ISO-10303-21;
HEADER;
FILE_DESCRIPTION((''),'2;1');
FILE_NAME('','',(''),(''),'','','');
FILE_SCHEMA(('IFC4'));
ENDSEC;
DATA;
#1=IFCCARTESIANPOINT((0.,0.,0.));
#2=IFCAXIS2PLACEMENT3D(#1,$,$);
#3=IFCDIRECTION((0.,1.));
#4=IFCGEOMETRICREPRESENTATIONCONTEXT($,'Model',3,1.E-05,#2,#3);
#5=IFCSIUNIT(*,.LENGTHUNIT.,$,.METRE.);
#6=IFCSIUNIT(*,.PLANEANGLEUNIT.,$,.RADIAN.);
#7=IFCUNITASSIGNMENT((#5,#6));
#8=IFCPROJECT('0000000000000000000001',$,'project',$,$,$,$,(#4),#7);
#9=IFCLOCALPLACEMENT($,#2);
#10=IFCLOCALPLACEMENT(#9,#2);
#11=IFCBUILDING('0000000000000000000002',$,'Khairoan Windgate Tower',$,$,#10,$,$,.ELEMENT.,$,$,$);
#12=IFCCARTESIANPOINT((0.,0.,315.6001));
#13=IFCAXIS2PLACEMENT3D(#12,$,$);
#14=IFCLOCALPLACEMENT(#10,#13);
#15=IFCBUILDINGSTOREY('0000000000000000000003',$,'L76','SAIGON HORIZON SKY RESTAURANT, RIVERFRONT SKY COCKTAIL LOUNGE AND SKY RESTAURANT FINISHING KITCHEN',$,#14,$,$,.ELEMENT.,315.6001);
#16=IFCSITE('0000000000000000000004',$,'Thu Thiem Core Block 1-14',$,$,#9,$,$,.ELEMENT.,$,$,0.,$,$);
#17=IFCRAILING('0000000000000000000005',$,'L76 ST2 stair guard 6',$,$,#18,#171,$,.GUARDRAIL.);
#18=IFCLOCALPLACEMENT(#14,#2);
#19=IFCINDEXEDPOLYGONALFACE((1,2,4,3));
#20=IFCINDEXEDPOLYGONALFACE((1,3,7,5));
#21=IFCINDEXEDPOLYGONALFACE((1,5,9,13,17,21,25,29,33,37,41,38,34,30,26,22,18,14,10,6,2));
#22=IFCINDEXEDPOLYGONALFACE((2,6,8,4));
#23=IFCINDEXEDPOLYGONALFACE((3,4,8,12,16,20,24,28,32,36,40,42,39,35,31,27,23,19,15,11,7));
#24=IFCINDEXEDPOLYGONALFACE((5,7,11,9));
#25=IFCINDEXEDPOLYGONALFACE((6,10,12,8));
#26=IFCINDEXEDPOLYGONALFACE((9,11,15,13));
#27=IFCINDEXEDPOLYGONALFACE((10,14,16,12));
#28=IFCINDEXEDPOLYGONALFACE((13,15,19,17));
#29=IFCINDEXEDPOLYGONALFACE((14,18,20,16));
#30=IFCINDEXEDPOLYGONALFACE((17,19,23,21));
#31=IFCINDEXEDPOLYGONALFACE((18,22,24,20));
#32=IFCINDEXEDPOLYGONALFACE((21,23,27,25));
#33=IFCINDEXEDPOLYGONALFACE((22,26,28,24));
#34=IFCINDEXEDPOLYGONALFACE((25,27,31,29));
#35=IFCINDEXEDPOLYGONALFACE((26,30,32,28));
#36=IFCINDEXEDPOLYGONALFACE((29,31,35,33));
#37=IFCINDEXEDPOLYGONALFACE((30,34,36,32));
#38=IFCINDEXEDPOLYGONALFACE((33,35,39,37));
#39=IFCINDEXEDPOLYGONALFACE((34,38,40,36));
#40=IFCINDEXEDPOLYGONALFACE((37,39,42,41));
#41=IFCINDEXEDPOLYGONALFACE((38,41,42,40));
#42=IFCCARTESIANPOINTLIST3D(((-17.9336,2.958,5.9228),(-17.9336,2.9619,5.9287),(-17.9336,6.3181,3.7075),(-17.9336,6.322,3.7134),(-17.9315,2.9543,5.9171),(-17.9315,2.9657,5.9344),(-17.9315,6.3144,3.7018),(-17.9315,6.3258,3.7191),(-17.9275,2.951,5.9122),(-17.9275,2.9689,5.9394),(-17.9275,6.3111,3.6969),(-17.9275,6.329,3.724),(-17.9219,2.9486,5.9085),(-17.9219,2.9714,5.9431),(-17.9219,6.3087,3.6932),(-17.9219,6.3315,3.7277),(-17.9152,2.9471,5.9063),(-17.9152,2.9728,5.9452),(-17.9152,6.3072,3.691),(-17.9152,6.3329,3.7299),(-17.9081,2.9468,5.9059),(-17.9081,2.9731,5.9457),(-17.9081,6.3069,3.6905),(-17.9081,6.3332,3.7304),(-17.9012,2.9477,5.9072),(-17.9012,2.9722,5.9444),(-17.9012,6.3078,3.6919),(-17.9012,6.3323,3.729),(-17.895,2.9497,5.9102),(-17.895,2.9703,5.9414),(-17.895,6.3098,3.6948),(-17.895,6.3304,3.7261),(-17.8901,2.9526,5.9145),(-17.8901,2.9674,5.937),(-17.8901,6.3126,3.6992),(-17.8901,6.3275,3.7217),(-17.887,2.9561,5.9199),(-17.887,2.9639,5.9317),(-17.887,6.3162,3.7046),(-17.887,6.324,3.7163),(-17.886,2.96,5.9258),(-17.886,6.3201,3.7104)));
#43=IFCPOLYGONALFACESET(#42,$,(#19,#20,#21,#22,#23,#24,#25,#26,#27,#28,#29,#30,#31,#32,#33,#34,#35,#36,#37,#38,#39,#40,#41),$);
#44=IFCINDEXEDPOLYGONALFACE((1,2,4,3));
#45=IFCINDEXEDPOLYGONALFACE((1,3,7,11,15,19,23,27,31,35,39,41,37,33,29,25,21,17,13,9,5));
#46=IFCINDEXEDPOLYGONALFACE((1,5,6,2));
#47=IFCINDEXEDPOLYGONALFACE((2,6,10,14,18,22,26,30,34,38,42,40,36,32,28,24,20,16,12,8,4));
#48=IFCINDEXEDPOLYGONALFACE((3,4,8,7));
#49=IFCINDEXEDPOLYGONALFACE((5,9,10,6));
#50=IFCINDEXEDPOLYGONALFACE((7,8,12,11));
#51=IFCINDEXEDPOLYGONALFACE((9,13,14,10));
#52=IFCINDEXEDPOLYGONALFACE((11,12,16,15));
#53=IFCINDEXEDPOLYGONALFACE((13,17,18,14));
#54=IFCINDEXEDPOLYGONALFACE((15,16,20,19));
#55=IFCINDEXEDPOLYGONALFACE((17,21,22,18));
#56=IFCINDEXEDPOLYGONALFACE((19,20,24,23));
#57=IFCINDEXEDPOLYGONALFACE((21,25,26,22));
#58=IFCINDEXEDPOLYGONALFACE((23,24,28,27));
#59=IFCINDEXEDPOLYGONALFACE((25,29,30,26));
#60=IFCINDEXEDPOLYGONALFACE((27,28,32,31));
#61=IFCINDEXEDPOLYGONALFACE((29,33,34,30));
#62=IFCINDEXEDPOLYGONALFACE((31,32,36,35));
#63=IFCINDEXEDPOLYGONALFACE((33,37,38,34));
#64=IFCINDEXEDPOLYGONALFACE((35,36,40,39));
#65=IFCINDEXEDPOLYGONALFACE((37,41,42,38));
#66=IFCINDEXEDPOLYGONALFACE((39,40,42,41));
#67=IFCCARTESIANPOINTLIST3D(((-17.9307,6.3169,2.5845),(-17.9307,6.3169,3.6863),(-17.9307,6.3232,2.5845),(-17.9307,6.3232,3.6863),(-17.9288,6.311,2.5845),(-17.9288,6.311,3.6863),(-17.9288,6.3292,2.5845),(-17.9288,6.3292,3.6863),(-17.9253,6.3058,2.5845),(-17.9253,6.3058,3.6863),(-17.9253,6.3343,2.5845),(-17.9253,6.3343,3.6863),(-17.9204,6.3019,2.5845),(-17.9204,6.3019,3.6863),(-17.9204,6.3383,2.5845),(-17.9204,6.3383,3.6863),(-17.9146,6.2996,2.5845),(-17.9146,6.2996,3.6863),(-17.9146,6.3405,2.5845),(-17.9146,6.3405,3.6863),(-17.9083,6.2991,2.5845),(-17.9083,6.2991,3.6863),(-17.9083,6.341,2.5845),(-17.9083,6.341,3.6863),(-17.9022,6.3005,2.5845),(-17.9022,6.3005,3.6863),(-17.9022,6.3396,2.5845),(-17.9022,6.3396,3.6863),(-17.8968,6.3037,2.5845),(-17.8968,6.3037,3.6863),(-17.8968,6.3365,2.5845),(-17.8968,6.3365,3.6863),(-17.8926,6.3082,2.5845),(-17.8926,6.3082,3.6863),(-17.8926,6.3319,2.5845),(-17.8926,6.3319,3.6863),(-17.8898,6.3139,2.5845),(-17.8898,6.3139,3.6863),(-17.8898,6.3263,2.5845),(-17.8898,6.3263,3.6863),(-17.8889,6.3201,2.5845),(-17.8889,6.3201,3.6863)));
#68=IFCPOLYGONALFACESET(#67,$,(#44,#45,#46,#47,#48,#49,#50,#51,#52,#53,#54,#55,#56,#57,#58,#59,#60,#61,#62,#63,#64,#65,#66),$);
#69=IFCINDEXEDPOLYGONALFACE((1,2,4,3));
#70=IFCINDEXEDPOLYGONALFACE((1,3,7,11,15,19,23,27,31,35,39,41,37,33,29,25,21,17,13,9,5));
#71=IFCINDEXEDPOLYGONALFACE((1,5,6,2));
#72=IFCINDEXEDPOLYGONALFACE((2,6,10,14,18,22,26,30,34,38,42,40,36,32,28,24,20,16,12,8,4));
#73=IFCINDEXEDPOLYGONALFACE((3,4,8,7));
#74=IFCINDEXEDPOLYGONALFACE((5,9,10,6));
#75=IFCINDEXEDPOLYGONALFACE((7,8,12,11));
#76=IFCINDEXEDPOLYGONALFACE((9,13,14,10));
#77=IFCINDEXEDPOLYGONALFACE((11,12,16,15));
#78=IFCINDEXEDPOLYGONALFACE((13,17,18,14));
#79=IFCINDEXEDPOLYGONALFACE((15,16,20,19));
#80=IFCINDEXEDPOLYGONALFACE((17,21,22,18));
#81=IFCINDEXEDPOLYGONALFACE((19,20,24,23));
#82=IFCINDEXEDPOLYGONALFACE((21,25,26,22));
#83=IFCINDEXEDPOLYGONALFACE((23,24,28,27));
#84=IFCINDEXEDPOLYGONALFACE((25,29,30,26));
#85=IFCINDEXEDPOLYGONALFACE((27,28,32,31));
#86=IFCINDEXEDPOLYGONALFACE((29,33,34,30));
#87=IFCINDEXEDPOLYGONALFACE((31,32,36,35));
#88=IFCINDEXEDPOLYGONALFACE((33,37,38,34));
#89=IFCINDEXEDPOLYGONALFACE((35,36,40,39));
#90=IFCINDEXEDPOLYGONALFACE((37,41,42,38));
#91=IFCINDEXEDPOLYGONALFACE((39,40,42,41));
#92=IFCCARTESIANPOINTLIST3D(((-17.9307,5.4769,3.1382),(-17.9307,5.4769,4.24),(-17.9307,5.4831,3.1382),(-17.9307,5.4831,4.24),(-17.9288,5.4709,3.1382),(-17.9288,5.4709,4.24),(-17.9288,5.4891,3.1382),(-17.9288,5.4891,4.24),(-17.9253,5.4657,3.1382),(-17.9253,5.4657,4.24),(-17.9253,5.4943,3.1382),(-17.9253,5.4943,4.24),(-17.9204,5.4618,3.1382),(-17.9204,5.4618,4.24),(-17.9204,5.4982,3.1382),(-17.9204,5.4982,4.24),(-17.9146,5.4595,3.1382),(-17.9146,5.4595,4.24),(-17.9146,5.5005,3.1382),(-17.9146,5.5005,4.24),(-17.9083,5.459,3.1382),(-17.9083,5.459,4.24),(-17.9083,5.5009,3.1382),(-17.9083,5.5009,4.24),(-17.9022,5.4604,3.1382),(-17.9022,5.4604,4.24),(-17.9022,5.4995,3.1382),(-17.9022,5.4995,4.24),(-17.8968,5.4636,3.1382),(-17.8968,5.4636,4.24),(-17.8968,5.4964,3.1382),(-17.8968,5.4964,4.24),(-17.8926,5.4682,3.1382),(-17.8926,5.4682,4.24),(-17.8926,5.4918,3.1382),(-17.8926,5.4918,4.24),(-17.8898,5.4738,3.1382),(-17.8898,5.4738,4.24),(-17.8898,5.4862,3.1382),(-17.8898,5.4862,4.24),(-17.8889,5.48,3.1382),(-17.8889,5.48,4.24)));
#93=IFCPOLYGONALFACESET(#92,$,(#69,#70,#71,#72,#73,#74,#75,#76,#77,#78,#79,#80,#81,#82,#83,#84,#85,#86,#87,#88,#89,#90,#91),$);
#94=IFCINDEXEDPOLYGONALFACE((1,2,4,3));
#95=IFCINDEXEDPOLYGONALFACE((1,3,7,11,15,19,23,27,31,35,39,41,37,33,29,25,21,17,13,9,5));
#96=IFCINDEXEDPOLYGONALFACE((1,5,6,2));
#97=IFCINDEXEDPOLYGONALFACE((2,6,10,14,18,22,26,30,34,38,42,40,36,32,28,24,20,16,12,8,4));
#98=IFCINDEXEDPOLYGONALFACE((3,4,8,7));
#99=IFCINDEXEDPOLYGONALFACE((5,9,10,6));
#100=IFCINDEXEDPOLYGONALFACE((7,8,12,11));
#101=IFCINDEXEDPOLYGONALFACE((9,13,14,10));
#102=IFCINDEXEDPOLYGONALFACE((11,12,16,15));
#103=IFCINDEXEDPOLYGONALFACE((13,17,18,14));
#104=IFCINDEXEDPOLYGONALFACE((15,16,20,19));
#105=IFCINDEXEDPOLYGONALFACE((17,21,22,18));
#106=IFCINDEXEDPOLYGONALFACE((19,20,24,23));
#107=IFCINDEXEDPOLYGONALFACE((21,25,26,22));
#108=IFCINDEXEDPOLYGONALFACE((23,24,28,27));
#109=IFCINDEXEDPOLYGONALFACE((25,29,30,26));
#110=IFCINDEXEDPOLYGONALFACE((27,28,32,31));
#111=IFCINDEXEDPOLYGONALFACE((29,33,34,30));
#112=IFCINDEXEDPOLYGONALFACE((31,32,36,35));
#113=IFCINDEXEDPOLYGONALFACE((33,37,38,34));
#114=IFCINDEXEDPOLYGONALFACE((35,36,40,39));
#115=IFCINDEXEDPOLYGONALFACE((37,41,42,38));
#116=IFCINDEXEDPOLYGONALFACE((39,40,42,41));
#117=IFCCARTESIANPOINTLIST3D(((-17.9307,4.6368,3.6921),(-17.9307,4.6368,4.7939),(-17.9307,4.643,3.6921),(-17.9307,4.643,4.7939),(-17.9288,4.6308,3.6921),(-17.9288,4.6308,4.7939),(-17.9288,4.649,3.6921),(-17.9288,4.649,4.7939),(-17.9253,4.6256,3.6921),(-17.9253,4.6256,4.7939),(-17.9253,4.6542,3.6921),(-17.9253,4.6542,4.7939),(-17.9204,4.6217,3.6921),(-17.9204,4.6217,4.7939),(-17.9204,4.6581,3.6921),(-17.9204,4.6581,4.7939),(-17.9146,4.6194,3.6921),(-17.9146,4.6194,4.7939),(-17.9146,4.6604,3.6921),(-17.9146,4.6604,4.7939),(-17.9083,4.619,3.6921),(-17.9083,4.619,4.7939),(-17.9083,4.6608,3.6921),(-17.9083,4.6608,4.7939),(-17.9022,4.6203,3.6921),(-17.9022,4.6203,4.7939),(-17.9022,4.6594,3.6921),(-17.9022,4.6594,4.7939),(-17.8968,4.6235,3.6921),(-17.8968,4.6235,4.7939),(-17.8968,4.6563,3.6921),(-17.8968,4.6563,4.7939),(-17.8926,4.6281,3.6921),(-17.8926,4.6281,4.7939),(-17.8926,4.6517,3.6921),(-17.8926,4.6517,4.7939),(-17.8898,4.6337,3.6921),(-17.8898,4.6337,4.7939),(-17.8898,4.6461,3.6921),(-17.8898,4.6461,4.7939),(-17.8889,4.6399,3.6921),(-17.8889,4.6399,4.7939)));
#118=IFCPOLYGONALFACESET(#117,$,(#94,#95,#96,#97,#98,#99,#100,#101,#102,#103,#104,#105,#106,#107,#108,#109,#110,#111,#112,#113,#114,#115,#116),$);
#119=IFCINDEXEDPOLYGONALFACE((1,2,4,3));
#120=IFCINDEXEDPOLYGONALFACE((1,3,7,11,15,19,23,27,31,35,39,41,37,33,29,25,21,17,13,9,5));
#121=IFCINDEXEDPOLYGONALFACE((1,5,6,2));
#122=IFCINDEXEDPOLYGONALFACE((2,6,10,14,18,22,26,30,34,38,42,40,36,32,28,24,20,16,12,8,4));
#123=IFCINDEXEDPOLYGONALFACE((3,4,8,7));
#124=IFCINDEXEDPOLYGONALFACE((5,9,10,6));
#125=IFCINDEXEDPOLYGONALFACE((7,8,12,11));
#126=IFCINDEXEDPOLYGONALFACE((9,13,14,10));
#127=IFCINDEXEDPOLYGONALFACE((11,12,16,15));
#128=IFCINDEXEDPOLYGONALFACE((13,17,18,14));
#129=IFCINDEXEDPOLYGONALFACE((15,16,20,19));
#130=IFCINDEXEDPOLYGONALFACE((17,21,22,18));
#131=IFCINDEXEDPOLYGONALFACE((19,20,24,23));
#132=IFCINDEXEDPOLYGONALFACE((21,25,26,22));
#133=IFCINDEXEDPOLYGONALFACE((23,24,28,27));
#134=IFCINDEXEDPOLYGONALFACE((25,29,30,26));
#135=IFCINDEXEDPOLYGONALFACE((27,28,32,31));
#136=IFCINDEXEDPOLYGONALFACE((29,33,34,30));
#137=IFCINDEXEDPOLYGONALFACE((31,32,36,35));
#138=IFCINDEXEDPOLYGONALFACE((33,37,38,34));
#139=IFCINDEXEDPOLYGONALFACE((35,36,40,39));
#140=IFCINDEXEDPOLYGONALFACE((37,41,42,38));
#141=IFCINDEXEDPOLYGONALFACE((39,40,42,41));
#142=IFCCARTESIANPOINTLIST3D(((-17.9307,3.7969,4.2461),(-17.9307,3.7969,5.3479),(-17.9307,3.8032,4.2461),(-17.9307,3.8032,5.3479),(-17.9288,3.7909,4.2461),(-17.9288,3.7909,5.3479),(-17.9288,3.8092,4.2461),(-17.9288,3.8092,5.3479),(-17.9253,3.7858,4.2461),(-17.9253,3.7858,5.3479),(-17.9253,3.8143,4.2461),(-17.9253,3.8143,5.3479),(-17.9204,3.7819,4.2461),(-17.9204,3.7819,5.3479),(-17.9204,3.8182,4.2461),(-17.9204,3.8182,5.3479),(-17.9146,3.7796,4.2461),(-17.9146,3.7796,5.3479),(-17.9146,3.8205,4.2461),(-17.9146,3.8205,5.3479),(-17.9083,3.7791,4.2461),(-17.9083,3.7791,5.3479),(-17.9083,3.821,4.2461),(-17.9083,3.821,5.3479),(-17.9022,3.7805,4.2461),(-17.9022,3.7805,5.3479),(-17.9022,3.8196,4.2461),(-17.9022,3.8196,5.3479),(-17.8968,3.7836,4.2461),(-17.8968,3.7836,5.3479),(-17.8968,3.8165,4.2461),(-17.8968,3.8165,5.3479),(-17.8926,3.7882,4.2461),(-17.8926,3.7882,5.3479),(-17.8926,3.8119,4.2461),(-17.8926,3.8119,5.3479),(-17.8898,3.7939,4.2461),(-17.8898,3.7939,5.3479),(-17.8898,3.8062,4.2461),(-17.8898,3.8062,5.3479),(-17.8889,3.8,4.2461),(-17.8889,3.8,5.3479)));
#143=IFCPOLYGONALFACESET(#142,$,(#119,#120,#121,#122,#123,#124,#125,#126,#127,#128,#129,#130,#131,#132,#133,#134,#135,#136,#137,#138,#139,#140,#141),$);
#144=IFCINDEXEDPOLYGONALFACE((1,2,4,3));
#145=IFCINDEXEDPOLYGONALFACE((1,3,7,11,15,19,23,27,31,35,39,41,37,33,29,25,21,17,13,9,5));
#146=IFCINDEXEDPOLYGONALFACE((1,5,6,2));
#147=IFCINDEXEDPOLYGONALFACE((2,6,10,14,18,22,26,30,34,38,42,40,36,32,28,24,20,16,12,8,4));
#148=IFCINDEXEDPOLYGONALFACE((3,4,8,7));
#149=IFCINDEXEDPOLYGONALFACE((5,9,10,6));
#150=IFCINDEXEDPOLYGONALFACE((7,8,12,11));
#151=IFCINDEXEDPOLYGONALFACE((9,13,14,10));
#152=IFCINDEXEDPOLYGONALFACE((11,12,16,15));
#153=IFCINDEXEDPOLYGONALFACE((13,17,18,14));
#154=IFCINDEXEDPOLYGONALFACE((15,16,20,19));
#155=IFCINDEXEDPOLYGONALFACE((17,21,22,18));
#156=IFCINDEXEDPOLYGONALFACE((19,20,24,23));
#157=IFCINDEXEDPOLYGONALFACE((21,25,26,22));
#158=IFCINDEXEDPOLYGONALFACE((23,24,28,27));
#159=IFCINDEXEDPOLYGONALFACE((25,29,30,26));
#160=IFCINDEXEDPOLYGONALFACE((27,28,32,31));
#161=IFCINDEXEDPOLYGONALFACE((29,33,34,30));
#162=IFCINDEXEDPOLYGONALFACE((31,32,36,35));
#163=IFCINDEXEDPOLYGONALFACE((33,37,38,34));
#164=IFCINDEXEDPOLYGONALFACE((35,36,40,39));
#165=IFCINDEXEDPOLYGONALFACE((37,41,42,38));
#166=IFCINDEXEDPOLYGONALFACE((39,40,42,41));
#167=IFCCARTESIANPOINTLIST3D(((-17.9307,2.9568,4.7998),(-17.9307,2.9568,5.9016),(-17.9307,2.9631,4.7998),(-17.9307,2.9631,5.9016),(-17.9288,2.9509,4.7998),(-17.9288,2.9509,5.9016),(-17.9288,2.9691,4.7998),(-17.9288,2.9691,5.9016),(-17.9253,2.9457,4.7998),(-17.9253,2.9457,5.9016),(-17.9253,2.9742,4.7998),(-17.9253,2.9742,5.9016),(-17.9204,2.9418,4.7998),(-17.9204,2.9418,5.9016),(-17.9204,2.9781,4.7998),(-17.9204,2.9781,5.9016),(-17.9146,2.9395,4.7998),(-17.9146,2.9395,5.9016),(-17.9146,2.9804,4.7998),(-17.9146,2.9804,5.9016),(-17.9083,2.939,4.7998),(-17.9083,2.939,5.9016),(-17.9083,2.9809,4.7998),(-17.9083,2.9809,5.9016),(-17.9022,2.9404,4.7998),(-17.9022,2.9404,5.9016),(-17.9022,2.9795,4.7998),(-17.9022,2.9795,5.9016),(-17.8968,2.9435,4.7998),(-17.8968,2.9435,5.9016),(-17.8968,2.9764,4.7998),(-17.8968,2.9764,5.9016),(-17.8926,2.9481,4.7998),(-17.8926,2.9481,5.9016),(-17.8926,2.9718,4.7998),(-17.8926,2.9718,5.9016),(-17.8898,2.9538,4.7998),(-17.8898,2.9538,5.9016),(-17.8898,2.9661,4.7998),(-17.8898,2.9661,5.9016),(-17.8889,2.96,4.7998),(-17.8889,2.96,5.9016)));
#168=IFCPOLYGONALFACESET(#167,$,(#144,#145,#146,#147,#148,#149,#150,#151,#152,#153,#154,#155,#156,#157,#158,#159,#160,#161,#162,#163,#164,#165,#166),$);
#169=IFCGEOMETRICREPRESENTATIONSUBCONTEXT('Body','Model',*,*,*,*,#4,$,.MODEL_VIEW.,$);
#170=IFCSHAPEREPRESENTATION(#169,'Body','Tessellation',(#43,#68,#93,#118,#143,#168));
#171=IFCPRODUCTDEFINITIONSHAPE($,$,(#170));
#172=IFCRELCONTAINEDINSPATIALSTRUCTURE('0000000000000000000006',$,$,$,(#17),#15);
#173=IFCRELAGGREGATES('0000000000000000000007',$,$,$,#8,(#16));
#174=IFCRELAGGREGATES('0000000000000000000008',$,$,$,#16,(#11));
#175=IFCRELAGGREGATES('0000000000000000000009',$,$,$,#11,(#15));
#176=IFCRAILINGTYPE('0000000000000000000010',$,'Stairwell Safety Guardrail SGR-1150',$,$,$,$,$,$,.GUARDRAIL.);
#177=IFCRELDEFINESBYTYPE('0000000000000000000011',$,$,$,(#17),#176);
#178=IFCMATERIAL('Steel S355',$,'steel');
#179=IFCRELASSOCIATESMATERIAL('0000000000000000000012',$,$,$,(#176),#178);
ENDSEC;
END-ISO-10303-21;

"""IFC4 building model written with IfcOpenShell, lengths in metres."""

from ifc_helpers import new_model, si_unit, direction, frame, origin, origin_2d, place, context, subcontext, project, spatial, circle, extrude, material, type_object, element, save


model = new_model("IFC4")

# Units and contexts
model_context = context("Model", 3, precision=1e-05, world=origin(), true_north=direction((0.0, 1.0)))
body_context = subcontext(model_context, "Body", "Model", "MODEL_VIEW")
ifc_project = project(units=[si_unit("LENGTHUNIT", "METRE"), si_unit("PLANEANGLEUNIT", "RADIAN")], contexts=[model_context])

# Site, building, storey
site_placement = place(None, origin())
site = spatial("IfcSite", under=ifc_project, at=site_placement, Name="Thu Thiem Core Block 1-14", CompositionType="ELEMENT", RefElevation=0.0)
building_placement = place(site_placement, origin())
building = spatial("IfcBuilding", under=site, at=building_placement, Name="Khairoan Windgate Tower", CompositionType="ELEMENT")
storey_placement = place(building_placement, frame((0.0, 0.0, 315.6001)))
storey = spatial("IfcBuildingStorey", under=building, at=storey_placement, Name="L76", Description="SAIGON HORIZON SKY RESTAURANT, RIVERFRONT SKY COCKTAIL LOUNGE AND SKY RESTAURANT FINISHING KITCHEN", CompositionType="ELEMENT", Elevation=315.6001)

# Railing
ifc_material_1 = material(Name="Steel S355", Category="steel")
railing_type_1 = type_object("IfcRailingType", Name="Stairwell Safety Guardrail SGR-1150", PredefinedType="GUARDRAIL", material=ifc_material_1)
railing_1_placement = place(storey_placement, frame((-17.9099, 6.3201, 2.5845)))
element("IfcRailing", 1, at=railing_1_placement, inside=storey, type_object=railing_type_1, Name="L76 ST2 stair guard 6", PredefinedType="GUARDRAIL", context=body_context, shape_type="SweptSolid", body=[
    extrude(circle(Radius=0.0239, at=origin_2d()), frame((0.0, 0.0, 1.126), z_axis=(0.0, -0.834876, 0.550437), x_axis=(1.0, 0.0, 0.0)), (0.0, 0.0, 1.0), 4.0247),
    extrude(circle(Radius=0.021, at=origin_2d()), origin(), (0.0, 0.0, 1.0), 1.1018),
    extrude(circle(Radius=0.021, at=origin_2d()), frame((0.0, -0.8401, 0.5537)), (0.0, 0.0, 1.0), 1.1018),
    extrude(circle(Radius=0.021, at=origin_2d()), frame((0.0, -1.6802, 1.1077)), (0.0, 0.0, 1.0), 1.1018),
    extrude(circle(Radius=0.021, at=origin_2d()), frame((0.0, -2.52, 1.6616)), (0.0, 0.0, 1.0), 1.1018),
    extrude(circle(Radius=0.021, at=origin_2d()), frame((0.0, -3.3601, 2.2153)), (0.0, 0.0, 1.0), 1.1018),
])

save(model, "model.ifc")
